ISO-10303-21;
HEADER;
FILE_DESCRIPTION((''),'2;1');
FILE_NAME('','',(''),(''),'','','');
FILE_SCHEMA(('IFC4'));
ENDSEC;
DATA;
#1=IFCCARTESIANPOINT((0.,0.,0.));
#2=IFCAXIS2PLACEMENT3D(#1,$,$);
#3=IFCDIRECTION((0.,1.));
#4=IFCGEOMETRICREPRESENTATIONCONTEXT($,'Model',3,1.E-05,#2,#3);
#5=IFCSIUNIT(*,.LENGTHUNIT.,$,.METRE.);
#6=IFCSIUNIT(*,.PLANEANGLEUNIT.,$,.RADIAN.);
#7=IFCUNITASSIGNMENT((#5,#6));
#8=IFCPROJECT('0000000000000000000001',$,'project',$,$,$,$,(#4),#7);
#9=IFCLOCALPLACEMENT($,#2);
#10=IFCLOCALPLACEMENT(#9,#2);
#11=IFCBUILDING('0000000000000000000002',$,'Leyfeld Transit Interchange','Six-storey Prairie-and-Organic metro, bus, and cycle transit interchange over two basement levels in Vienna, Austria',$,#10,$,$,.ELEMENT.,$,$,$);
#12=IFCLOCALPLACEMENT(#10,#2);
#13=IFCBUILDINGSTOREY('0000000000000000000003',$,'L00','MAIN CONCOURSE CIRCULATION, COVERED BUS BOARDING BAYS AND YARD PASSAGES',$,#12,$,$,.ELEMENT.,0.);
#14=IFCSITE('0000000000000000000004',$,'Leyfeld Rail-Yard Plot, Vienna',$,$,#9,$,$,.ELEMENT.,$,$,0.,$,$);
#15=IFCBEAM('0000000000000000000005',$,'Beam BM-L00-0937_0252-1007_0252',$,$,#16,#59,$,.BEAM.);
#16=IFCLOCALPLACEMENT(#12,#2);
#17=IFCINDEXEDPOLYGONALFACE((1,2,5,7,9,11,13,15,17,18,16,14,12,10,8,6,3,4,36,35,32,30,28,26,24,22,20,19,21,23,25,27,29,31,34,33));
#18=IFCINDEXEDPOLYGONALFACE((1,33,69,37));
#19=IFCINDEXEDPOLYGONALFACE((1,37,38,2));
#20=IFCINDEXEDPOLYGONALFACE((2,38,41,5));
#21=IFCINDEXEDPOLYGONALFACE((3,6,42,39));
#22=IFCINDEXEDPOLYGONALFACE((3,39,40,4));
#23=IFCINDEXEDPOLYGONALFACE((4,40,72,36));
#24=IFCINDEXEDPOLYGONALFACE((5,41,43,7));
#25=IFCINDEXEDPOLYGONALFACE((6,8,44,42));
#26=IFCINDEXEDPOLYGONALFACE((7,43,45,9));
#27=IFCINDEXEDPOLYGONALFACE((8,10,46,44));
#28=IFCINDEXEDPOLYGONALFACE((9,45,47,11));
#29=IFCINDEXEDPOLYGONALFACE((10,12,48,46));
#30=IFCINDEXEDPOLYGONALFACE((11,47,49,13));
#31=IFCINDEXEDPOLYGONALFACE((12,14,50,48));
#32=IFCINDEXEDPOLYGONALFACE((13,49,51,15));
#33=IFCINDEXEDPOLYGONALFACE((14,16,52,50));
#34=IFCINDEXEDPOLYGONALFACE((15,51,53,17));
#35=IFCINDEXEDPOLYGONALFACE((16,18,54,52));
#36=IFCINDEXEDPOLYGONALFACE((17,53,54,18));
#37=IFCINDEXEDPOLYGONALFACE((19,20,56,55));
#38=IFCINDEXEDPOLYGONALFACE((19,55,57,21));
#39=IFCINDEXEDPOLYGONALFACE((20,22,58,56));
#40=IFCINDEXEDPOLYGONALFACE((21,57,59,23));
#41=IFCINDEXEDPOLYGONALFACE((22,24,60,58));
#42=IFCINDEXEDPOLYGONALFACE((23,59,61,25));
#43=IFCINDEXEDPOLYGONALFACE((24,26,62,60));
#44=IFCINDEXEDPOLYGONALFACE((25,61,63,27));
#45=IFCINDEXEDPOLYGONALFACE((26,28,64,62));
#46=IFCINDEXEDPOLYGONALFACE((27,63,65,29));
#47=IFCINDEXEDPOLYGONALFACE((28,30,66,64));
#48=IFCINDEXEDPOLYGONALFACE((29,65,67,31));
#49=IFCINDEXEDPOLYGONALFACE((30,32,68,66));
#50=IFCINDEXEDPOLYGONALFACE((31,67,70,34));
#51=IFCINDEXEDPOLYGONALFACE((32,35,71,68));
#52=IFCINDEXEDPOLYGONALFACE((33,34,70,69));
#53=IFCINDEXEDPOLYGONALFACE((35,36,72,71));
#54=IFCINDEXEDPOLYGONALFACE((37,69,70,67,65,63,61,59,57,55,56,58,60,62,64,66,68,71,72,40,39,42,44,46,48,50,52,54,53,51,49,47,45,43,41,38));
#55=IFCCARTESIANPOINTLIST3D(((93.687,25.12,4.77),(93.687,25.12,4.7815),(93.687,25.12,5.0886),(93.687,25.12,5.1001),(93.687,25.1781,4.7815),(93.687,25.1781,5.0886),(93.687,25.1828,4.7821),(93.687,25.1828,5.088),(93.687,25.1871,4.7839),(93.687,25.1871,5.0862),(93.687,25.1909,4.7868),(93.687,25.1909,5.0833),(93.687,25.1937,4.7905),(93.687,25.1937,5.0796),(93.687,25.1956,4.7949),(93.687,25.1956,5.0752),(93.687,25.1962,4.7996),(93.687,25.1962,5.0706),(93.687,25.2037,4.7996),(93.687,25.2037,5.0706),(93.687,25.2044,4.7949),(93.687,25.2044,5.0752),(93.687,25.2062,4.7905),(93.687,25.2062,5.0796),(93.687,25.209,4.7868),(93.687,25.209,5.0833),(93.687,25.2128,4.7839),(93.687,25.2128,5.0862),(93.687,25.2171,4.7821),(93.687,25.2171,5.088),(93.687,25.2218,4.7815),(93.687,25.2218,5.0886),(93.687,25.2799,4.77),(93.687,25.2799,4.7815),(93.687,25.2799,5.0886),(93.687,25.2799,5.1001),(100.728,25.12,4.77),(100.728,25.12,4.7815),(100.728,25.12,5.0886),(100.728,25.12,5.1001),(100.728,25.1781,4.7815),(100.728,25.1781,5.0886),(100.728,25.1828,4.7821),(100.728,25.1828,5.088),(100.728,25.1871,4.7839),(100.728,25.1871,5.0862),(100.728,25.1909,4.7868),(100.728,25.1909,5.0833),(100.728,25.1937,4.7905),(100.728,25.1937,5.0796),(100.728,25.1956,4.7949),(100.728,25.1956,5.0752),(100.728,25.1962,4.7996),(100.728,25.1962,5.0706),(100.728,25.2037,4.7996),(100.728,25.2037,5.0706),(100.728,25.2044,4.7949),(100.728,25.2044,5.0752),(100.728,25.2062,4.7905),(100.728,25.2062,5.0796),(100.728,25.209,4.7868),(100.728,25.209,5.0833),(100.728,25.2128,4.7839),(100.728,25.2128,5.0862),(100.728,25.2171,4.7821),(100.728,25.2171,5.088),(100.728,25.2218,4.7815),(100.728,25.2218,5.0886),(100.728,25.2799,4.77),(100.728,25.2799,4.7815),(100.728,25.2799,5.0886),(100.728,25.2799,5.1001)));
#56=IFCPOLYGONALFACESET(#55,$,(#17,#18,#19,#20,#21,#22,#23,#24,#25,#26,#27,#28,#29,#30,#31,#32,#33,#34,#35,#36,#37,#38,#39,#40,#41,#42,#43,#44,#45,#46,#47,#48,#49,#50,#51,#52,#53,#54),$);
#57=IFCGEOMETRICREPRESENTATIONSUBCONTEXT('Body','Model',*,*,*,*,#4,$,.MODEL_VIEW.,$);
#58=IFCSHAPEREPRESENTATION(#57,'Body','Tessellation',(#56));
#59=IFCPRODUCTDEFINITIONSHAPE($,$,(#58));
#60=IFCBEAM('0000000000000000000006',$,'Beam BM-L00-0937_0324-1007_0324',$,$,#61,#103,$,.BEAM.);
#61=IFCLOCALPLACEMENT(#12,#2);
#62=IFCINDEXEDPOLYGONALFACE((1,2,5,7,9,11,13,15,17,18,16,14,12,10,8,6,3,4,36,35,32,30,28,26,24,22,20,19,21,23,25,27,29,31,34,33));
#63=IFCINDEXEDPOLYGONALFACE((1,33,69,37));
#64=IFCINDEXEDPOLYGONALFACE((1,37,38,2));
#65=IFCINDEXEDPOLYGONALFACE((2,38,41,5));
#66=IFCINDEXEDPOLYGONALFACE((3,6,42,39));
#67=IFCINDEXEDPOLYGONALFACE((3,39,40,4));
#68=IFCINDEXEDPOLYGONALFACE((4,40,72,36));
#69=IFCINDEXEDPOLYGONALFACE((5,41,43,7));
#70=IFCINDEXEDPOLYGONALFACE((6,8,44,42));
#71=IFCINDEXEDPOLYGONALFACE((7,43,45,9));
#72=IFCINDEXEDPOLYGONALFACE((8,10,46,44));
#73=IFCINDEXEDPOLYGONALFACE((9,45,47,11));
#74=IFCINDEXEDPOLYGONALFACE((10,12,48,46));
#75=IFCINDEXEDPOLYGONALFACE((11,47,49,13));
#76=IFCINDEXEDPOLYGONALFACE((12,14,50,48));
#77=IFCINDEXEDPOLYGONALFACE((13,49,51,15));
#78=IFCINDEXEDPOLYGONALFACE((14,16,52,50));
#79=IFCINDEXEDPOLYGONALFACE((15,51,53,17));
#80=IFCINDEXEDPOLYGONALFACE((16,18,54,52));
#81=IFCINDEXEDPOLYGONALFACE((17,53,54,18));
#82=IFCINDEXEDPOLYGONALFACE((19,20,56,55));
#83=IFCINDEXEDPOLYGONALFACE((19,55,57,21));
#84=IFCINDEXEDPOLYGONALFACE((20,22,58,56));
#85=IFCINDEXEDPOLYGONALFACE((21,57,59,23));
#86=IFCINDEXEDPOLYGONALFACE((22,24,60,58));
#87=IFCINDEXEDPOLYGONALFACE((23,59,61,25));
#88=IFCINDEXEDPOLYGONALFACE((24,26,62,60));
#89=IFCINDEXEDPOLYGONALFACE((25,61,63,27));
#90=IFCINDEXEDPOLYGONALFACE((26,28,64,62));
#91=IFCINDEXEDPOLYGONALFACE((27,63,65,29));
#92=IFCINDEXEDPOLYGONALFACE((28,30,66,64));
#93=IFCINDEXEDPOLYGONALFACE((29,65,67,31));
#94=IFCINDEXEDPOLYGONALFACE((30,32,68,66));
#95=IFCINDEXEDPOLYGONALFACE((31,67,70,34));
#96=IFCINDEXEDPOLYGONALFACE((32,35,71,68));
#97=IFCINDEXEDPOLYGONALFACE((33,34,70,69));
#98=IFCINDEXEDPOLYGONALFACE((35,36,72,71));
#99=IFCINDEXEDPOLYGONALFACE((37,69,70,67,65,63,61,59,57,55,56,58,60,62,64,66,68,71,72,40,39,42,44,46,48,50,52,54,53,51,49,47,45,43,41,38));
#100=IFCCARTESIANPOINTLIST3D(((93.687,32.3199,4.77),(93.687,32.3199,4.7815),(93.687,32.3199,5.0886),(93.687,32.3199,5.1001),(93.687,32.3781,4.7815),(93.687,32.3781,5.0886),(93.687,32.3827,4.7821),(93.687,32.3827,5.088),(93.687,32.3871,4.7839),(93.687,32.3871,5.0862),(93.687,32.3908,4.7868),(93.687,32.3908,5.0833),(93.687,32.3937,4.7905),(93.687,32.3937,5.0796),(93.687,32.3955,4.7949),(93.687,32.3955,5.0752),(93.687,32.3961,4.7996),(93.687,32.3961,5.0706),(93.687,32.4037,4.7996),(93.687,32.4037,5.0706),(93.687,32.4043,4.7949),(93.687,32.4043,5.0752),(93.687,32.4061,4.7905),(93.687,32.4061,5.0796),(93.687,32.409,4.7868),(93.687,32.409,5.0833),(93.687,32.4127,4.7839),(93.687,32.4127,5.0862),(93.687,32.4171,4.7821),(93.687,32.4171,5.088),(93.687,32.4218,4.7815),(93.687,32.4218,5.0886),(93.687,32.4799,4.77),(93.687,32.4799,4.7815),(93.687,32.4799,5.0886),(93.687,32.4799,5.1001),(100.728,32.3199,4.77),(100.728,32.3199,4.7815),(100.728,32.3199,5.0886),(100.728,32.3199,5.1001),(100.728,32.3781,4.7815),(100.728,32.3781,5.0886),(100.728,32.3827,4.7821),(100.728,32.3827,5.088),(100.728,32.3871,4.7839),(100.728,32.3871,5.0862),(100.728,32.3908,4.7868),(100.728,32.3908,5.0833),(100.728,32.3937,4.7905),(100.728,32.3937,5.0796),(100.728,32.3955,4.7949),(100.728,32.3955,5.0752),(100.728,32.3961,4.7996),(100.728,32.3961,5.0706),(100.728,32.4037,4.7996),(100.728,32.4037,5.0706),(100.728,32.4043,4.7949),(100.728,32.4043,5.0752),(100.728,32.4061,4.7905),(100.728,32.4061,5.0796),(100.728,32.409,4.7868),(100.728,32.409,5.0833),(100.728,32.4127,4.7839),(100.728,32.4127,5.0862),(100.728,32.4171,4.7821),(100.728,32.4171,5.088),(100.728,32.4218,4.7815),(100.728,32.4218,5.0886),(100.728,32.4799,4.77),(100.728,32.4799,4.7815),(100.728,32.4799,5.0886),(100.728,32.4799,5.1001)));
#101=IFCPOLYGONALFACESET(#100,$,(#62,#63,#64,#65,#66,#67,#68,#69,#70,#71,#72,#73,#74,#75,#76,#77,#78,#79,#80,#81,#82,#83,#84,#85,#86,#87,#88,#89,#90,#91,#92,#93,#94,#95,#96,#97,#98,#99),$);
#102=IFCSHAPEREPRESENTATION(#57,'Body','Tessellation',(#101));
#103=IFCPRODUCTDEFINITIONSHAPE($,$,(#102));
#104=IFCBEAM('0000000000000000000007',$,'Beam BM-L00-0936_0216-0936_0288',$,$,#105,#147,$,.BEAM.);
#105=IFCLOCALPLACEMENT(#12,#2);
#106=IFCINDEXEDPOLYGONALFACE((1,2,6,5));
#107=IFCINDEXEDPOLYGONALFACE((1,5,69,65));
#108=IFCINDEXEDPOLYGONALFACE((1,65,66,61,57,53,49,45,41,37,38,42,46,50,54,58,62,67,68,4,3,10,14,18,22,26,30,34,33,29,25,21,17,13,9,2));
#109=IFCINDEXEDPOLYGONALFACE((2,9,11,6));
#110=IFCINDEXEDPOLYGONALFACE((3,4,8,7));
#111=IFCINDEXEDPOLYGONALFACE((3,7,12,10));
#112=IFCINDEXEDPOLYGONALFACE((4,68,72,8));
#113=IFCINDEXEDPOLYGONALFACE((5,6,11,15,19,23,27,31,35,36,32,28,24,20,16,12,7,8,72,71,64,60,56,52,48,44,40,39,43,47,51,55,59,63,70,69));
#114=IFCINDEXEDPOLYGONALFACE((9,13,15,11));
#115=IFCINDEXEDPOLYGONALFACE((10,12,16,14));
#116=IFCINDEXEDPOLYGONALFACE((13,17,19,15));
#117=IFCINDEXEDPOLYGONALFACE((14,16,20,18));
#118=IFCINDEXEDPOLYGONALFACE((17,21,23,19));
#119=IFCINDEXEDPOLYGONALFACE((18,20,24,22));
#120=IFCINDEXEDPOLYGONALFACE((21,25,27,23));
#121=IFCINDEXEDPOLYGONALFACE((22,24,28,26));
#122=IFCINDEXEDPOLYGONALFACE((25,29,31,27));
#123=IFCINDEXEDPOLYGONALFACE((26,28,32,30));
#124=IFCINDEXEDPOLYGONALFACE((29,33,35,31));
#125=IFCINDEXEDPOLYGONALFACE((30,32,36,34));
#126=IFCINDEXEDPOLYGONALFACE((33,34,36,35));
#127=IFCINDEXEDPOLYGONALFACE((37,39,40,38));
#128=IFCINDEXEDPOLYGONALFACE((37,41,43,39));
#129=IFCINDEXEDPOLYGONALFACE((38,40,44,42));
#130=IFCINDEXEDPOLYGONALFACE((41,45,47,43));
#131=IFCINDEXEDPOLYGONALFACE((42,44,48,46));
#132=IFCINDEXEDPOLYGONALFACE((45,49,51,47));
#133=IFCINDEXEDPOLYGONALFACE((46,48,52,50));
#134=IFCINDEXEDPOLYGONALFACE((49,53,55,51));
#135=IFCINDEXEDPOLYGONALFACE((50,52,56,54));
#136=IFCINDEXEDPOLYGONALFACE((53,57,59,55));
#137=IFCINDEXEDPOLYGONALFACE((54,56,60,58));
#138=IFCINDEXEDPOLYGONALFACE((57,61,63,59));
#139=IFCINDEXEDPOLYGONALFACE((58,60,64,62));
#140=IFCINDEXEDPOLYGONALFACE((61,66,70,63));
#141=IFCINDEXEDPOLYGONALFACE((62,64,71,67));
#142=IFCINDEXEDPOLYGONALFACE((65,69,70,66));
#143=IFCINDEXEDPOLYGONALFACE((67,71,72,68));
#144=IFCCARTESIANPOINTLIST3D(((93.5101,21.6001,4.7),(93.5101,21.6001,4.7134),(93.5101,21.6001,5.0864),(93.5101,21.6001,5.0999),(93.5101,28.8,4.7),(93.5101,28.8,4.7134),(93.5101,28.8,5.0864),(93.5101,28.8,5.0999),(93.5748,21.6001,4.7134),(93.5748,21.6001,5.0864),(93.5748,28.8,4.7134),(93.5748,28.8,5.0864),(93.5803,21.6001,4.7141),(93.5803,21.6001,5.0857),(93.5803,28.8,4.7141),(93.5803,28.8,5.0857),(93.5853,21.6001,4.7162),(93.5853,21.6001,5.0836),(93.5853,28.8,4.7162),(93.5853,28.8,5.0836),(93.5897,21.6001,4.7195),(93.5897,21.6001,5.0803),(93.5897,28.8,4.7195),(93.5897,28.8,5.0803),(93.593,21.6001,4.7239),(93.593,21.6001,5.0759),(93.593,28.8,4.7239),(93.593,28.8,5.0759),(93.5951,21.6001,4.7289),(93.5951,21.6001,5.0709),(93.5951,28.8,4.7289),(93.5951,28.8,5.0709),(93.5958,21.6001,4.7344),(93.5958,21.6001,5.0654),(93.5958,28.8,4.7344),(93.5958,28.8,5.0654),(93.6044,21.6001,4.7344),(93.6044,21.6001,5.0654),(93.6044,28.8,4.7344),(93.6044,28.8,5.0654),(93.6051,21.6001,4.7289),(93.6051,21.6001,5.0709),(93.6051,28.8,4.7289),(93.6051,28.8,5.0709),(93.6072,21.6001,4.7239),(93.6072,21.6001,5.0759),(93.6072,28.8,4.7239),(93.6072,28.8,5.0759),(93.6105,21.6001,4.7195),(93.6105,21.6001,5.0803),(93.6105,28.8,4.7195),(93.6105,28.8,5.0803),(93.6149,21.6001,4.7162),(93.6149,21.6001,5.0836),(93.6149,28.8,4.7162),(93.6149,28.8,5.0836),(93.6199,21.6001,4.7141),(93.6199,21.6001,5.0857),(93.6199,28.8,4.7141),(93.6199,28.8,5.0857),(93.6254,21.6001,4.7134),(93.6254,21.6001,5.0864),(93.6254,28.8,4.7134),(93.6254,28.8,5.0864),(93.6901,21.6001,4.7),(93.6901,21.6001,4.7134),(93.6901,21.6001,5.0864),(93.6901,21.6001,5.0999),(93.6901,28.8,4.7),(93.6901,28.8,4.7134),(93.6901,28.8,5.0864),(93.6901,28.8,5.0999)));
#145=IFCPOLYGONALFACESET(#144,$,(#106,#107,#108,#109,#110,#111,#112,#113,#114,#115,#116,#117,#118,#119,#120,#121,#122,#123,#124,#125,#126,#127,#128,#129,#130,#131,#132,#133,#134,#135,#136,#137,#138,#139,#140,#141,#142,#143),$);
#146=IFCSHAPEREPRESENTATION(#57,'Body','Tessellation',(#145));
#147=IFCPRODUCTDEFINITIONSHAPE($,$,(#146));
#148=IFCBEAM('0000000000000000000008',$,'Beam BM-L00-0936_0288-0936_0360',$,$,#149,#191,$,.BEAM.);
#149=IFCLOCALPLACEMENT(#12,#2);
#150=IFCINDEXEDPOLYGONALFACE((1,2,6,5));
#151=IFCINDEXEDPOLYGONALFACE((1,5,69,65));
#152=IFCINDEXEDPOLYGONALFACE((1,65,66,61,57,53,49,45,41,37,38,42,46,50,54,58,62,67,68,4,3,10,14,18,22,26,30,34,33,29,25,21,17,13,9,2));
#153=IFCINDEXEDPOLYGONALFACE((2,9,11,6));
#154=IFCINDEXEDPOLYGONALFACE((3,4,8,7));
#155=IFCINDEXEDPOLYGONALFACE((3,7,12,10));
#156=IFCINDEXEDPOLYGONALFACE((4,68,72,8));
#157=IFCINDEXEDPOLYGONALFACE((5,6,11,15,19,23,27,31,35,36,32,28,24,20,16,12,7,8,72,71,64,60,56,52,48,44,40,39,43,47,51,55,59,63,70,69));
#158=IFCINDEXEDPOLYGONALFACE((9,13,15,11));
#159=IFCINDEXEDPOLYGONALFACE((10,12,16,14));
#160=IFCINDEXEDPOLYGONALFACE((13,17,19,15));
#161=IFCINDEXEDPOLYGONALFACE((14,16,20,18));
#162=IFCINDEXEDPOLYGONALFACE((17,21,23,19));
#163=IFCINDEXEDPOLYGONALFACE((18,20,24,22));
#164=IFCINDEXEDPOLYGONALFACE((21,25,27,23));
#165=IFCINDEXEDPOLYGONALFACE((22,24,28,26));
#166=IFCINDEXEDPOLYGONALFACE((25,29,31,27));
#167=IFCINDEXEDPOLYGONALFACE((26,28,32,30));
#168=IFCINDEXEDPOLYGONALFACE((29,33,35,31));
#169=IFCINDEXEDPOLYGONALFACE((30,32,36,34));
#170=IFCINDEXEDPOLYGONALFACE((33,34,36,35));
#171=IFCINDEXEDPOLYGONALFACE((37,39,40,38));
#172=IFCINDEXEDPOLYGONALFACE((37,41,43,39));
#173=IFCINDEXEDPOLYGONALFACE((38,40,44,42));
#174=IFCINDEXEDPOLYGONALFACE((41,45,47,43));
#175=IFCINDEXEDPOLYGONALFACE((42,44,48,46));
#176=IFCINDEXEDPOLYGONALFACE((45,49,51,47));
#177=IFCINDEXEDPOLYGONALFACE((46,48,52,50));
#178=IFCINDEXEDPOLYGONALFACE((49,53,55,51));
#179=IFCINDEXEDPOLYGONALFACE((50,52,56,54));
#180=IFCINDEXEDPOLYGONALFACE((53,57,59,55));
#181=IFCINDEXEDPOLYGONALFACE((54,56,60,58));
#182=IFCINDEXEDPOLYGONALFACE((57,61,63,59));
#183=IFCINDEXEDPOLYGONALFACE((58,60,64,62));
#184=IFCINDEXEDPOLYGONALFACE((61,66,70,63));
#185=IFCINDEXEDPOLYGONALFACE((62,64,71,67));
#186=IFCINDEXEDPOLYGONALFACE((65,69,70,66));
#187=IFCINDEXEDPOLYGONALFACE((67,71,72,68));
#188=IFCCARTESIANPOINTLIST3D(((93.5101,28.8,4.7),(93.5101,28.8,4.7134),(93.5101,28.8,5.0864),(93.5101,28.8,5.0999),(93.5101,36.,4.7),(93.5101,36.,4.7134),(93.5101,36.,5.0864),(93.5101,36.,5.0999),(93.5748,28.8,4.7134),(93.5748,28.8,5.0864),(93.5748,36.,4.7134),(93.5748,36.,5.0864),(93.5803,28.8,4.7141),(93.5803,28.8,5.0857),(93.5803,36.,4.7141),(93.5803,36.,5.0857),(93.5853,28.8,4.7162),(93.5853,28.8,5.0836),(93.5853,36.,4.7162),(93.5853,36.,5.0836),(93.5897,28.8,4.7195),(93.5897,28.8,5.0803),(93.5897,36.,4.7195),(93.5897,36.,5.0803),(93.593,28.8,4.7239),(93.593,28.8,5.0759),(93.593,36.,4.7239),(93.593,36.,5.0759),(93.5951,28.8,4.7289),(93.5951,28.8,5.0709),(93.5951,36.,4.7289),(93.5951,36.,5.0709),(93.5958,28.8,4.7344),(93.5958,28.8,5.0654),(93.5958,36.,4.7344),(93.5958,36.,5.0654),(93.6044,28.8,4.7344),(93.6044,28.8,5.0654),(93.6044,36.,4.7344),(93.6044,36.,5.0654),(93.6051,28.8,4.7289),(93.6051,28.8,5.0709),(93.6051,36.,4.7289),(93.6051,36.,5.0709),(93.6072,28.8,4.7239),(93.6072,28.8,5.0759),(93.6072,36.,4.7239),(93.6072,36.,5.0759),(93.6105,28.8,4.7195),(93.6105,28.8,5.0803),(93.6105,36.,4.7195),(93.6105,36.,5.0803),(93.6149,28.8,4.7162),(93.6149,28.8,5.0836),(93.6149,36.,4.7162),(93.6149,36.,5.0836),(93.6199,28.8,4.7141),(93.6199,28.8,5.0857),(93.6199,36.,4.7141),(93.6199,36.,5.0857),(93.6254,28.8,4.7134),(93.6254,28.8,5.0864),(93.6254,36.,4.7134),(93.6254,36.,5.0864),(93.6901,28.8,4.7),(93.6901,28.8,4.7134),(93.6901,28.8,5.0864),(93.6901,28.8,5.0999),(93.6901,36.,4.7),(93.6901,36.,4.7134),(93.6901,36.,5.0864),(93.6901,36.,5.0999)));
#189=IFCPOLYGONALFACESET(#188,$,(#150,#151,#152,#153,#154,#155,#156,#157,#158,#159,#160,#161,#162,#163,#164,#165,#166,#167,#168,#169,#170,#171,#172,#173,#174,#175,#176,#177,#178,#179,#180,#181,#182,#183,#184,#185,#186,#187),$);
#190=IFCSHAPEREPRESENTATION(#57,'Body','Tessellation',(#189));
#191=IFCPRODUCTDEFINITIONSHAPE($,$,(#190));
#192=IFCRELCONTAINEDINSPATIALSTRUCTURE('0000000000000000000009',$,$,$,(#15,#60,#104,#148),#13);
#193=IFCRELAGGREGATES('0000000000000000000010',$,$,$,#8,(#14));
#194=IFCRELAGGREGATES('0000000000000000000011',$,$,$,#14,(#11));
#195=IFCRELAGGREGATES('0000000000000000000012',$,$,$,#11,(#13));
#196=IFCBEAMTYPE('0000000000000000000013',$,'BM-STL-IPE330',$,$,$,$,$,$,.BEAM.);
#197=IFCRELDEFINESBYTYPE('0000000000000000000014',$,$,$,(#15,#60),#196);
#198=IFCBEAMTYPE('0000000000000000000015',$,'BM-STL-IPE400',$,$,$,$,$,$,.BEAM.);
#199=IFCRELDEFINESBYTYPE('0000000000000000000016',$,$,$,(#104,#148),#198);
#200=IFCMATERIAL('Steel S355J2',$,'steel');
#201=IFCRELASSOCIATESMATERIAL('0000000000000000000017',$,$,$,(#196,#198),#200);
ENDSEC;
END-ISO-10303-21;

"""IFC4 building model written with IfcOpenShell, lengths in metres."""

from ifc_helpers import new_model, si_unit, direction, frame, origin, origin_2d, place, context, subcontext, project, spatial, i_section, extrude, material, material_profile, profile_set, type_object, element, save


model = new_model("IFC4")

# Units and contexts
model_context = context("Model", 3, precision=1e-05, world=origin(), true_north=direction((0.0, 1.0)))
body_context = subcontext(model_context, "Body", "Model", "MODEL_VIEW")
ifc_project = project(units=[si_unit("LENGTHUNIT", "METRE"), si_unit("PLANEANGLEUNIT", "RADIAN")], contexts=[model_context])

# Site, building, storey
site_placement = place(None, origin())
site = spatial("IfcSite", under=ifc_project, at=site_placement, Name="Leyfeld Rail-Yard Plot, Vienna", CompositionType="ELEMENT", RefElevation=0.0)
building_placement = place(site_placement, origin())
building = spatial("IfcBuilding", under=site, at=building_placement, Name="Leyfeld Transit Interchange", Description="Six-storey Prairie-and-Organic metro, bus, and cycle transit interchange over two basement levels in Vienna, Austria", CompositionType="ELEMENT")
storey_placement = place(building_placement, origin())
storey = spatial("IfcBuildingStorey", under=building, at=storey_placement, Name="L00", Description="MAIN CONCOURSE CIRCULATION, COVERED BUS BOARDING BAYS AND YARD PASSAGES", CompositionType="ELEMENT", Elevation=0.0)

# Shared definitions
ifc_material_1 = material(Name="Steel S355J2", Category="steel")

# Beams
ifc_material_profile_1 = material_profile(ifc_material_1, i_section(OverallWidth=0.1599, OverallDepth=0.3301, WebThickness=0.0076, FlangeThickness=0.0115, FilletRadius=0.0181, at=origin_2d()), Name="IPE 330")
ifc_profile_set_1 = profile_set([ifc_material_profile_1], Name="Steel S355J2")
beam_type_1 = type_object("IfcBeamType", Name="BM-STL-IPE330", PredefinedType="BEAM", material=ifc_profile_set_1)
for number, where, z_axis, x_axis, name in (
    (1, (93.687, 25.2, 4.9351), (1.0, 0.0, 0.0), (0.0, 1.0, 0.0), "Beam BM-L00-0937_0252-1007_0252"),
    (2, (93.687, 32.3999, 4.9351), (1.0, 0.0, 0.0), (0.0, 1.0, 0.0), "Beam BM-L00-0937_0324-1007_0324"),
):
    element("IfcBeam", number, at=place(storey_placement, frame(where, z_axis=z_axis, x_axis=x_axis)), inside=storey, type_object=beam_type_1, Name=name, PredefinedType="BEAM", context=body_context, shape_type="SweptSolid", body=[
        extrude(i_section(OverallWidth=0.1599, OverallDepth=0.3301, WebThickness=0.0076, FlangeThickness=0.0115, FilletRadius=0.0181, at=origin_2d()), origin(), (0.0, 0.0, 1.0), 7.041),
    ])
ifc_material_profile_2 = material_profile(ifc_material_1, i_section(OverallWidth=0.1799, OverallDepth=0.3999, WebThickness=0.0085, FlangeThickness=0.0134, FilletRadius=0.021, at=origin_2d()), Name="IPE 400")
ifc_profile_set_2 = profile_set([ifc_material_profile_2], Name="Steel S355J2")
beam_type_2 = type_object("IfcBeamType", Name="BM-STL-IPE400", PredefinedType="BEAM", material=ifc_profile_set_2)
for number, where, z_axis, x_axis, name in (
    (3, (93.6001, 21.6001, 4.8999), (0.0, 1.0, 0.0), (-1.0, 0.0, 0.0), "Beam BM-L00-0936_0216-0936_0288"),
    (4, (93.6001, 28.8, 4.8999), (0.0, 1.0, 0.0), (-1.0, 0.0, 0.0), "Beam BM-L00-0936_0288-0936_0360"),
):
    element("IfcBeam", number, at=place(storey_placement, frame(where, z_axis=z_axis, x_axis=x_axis)), inside=storey, type_object=beam_type_2, Name=name, PredefinedType="BEAM", context=body_context, shape_type="SweptSolid", body=[
        extrude(i_section(OverallWidth=0.1799, OverallDepth=0.3999, WebThickness=0.0085, FlangeThickness=0.0134, FilletRadius=0.021, at=origin_2d()), origin(), (0.0, 0.0, 1.0), 7.2),
    ])

save(model, "model.ifc")
